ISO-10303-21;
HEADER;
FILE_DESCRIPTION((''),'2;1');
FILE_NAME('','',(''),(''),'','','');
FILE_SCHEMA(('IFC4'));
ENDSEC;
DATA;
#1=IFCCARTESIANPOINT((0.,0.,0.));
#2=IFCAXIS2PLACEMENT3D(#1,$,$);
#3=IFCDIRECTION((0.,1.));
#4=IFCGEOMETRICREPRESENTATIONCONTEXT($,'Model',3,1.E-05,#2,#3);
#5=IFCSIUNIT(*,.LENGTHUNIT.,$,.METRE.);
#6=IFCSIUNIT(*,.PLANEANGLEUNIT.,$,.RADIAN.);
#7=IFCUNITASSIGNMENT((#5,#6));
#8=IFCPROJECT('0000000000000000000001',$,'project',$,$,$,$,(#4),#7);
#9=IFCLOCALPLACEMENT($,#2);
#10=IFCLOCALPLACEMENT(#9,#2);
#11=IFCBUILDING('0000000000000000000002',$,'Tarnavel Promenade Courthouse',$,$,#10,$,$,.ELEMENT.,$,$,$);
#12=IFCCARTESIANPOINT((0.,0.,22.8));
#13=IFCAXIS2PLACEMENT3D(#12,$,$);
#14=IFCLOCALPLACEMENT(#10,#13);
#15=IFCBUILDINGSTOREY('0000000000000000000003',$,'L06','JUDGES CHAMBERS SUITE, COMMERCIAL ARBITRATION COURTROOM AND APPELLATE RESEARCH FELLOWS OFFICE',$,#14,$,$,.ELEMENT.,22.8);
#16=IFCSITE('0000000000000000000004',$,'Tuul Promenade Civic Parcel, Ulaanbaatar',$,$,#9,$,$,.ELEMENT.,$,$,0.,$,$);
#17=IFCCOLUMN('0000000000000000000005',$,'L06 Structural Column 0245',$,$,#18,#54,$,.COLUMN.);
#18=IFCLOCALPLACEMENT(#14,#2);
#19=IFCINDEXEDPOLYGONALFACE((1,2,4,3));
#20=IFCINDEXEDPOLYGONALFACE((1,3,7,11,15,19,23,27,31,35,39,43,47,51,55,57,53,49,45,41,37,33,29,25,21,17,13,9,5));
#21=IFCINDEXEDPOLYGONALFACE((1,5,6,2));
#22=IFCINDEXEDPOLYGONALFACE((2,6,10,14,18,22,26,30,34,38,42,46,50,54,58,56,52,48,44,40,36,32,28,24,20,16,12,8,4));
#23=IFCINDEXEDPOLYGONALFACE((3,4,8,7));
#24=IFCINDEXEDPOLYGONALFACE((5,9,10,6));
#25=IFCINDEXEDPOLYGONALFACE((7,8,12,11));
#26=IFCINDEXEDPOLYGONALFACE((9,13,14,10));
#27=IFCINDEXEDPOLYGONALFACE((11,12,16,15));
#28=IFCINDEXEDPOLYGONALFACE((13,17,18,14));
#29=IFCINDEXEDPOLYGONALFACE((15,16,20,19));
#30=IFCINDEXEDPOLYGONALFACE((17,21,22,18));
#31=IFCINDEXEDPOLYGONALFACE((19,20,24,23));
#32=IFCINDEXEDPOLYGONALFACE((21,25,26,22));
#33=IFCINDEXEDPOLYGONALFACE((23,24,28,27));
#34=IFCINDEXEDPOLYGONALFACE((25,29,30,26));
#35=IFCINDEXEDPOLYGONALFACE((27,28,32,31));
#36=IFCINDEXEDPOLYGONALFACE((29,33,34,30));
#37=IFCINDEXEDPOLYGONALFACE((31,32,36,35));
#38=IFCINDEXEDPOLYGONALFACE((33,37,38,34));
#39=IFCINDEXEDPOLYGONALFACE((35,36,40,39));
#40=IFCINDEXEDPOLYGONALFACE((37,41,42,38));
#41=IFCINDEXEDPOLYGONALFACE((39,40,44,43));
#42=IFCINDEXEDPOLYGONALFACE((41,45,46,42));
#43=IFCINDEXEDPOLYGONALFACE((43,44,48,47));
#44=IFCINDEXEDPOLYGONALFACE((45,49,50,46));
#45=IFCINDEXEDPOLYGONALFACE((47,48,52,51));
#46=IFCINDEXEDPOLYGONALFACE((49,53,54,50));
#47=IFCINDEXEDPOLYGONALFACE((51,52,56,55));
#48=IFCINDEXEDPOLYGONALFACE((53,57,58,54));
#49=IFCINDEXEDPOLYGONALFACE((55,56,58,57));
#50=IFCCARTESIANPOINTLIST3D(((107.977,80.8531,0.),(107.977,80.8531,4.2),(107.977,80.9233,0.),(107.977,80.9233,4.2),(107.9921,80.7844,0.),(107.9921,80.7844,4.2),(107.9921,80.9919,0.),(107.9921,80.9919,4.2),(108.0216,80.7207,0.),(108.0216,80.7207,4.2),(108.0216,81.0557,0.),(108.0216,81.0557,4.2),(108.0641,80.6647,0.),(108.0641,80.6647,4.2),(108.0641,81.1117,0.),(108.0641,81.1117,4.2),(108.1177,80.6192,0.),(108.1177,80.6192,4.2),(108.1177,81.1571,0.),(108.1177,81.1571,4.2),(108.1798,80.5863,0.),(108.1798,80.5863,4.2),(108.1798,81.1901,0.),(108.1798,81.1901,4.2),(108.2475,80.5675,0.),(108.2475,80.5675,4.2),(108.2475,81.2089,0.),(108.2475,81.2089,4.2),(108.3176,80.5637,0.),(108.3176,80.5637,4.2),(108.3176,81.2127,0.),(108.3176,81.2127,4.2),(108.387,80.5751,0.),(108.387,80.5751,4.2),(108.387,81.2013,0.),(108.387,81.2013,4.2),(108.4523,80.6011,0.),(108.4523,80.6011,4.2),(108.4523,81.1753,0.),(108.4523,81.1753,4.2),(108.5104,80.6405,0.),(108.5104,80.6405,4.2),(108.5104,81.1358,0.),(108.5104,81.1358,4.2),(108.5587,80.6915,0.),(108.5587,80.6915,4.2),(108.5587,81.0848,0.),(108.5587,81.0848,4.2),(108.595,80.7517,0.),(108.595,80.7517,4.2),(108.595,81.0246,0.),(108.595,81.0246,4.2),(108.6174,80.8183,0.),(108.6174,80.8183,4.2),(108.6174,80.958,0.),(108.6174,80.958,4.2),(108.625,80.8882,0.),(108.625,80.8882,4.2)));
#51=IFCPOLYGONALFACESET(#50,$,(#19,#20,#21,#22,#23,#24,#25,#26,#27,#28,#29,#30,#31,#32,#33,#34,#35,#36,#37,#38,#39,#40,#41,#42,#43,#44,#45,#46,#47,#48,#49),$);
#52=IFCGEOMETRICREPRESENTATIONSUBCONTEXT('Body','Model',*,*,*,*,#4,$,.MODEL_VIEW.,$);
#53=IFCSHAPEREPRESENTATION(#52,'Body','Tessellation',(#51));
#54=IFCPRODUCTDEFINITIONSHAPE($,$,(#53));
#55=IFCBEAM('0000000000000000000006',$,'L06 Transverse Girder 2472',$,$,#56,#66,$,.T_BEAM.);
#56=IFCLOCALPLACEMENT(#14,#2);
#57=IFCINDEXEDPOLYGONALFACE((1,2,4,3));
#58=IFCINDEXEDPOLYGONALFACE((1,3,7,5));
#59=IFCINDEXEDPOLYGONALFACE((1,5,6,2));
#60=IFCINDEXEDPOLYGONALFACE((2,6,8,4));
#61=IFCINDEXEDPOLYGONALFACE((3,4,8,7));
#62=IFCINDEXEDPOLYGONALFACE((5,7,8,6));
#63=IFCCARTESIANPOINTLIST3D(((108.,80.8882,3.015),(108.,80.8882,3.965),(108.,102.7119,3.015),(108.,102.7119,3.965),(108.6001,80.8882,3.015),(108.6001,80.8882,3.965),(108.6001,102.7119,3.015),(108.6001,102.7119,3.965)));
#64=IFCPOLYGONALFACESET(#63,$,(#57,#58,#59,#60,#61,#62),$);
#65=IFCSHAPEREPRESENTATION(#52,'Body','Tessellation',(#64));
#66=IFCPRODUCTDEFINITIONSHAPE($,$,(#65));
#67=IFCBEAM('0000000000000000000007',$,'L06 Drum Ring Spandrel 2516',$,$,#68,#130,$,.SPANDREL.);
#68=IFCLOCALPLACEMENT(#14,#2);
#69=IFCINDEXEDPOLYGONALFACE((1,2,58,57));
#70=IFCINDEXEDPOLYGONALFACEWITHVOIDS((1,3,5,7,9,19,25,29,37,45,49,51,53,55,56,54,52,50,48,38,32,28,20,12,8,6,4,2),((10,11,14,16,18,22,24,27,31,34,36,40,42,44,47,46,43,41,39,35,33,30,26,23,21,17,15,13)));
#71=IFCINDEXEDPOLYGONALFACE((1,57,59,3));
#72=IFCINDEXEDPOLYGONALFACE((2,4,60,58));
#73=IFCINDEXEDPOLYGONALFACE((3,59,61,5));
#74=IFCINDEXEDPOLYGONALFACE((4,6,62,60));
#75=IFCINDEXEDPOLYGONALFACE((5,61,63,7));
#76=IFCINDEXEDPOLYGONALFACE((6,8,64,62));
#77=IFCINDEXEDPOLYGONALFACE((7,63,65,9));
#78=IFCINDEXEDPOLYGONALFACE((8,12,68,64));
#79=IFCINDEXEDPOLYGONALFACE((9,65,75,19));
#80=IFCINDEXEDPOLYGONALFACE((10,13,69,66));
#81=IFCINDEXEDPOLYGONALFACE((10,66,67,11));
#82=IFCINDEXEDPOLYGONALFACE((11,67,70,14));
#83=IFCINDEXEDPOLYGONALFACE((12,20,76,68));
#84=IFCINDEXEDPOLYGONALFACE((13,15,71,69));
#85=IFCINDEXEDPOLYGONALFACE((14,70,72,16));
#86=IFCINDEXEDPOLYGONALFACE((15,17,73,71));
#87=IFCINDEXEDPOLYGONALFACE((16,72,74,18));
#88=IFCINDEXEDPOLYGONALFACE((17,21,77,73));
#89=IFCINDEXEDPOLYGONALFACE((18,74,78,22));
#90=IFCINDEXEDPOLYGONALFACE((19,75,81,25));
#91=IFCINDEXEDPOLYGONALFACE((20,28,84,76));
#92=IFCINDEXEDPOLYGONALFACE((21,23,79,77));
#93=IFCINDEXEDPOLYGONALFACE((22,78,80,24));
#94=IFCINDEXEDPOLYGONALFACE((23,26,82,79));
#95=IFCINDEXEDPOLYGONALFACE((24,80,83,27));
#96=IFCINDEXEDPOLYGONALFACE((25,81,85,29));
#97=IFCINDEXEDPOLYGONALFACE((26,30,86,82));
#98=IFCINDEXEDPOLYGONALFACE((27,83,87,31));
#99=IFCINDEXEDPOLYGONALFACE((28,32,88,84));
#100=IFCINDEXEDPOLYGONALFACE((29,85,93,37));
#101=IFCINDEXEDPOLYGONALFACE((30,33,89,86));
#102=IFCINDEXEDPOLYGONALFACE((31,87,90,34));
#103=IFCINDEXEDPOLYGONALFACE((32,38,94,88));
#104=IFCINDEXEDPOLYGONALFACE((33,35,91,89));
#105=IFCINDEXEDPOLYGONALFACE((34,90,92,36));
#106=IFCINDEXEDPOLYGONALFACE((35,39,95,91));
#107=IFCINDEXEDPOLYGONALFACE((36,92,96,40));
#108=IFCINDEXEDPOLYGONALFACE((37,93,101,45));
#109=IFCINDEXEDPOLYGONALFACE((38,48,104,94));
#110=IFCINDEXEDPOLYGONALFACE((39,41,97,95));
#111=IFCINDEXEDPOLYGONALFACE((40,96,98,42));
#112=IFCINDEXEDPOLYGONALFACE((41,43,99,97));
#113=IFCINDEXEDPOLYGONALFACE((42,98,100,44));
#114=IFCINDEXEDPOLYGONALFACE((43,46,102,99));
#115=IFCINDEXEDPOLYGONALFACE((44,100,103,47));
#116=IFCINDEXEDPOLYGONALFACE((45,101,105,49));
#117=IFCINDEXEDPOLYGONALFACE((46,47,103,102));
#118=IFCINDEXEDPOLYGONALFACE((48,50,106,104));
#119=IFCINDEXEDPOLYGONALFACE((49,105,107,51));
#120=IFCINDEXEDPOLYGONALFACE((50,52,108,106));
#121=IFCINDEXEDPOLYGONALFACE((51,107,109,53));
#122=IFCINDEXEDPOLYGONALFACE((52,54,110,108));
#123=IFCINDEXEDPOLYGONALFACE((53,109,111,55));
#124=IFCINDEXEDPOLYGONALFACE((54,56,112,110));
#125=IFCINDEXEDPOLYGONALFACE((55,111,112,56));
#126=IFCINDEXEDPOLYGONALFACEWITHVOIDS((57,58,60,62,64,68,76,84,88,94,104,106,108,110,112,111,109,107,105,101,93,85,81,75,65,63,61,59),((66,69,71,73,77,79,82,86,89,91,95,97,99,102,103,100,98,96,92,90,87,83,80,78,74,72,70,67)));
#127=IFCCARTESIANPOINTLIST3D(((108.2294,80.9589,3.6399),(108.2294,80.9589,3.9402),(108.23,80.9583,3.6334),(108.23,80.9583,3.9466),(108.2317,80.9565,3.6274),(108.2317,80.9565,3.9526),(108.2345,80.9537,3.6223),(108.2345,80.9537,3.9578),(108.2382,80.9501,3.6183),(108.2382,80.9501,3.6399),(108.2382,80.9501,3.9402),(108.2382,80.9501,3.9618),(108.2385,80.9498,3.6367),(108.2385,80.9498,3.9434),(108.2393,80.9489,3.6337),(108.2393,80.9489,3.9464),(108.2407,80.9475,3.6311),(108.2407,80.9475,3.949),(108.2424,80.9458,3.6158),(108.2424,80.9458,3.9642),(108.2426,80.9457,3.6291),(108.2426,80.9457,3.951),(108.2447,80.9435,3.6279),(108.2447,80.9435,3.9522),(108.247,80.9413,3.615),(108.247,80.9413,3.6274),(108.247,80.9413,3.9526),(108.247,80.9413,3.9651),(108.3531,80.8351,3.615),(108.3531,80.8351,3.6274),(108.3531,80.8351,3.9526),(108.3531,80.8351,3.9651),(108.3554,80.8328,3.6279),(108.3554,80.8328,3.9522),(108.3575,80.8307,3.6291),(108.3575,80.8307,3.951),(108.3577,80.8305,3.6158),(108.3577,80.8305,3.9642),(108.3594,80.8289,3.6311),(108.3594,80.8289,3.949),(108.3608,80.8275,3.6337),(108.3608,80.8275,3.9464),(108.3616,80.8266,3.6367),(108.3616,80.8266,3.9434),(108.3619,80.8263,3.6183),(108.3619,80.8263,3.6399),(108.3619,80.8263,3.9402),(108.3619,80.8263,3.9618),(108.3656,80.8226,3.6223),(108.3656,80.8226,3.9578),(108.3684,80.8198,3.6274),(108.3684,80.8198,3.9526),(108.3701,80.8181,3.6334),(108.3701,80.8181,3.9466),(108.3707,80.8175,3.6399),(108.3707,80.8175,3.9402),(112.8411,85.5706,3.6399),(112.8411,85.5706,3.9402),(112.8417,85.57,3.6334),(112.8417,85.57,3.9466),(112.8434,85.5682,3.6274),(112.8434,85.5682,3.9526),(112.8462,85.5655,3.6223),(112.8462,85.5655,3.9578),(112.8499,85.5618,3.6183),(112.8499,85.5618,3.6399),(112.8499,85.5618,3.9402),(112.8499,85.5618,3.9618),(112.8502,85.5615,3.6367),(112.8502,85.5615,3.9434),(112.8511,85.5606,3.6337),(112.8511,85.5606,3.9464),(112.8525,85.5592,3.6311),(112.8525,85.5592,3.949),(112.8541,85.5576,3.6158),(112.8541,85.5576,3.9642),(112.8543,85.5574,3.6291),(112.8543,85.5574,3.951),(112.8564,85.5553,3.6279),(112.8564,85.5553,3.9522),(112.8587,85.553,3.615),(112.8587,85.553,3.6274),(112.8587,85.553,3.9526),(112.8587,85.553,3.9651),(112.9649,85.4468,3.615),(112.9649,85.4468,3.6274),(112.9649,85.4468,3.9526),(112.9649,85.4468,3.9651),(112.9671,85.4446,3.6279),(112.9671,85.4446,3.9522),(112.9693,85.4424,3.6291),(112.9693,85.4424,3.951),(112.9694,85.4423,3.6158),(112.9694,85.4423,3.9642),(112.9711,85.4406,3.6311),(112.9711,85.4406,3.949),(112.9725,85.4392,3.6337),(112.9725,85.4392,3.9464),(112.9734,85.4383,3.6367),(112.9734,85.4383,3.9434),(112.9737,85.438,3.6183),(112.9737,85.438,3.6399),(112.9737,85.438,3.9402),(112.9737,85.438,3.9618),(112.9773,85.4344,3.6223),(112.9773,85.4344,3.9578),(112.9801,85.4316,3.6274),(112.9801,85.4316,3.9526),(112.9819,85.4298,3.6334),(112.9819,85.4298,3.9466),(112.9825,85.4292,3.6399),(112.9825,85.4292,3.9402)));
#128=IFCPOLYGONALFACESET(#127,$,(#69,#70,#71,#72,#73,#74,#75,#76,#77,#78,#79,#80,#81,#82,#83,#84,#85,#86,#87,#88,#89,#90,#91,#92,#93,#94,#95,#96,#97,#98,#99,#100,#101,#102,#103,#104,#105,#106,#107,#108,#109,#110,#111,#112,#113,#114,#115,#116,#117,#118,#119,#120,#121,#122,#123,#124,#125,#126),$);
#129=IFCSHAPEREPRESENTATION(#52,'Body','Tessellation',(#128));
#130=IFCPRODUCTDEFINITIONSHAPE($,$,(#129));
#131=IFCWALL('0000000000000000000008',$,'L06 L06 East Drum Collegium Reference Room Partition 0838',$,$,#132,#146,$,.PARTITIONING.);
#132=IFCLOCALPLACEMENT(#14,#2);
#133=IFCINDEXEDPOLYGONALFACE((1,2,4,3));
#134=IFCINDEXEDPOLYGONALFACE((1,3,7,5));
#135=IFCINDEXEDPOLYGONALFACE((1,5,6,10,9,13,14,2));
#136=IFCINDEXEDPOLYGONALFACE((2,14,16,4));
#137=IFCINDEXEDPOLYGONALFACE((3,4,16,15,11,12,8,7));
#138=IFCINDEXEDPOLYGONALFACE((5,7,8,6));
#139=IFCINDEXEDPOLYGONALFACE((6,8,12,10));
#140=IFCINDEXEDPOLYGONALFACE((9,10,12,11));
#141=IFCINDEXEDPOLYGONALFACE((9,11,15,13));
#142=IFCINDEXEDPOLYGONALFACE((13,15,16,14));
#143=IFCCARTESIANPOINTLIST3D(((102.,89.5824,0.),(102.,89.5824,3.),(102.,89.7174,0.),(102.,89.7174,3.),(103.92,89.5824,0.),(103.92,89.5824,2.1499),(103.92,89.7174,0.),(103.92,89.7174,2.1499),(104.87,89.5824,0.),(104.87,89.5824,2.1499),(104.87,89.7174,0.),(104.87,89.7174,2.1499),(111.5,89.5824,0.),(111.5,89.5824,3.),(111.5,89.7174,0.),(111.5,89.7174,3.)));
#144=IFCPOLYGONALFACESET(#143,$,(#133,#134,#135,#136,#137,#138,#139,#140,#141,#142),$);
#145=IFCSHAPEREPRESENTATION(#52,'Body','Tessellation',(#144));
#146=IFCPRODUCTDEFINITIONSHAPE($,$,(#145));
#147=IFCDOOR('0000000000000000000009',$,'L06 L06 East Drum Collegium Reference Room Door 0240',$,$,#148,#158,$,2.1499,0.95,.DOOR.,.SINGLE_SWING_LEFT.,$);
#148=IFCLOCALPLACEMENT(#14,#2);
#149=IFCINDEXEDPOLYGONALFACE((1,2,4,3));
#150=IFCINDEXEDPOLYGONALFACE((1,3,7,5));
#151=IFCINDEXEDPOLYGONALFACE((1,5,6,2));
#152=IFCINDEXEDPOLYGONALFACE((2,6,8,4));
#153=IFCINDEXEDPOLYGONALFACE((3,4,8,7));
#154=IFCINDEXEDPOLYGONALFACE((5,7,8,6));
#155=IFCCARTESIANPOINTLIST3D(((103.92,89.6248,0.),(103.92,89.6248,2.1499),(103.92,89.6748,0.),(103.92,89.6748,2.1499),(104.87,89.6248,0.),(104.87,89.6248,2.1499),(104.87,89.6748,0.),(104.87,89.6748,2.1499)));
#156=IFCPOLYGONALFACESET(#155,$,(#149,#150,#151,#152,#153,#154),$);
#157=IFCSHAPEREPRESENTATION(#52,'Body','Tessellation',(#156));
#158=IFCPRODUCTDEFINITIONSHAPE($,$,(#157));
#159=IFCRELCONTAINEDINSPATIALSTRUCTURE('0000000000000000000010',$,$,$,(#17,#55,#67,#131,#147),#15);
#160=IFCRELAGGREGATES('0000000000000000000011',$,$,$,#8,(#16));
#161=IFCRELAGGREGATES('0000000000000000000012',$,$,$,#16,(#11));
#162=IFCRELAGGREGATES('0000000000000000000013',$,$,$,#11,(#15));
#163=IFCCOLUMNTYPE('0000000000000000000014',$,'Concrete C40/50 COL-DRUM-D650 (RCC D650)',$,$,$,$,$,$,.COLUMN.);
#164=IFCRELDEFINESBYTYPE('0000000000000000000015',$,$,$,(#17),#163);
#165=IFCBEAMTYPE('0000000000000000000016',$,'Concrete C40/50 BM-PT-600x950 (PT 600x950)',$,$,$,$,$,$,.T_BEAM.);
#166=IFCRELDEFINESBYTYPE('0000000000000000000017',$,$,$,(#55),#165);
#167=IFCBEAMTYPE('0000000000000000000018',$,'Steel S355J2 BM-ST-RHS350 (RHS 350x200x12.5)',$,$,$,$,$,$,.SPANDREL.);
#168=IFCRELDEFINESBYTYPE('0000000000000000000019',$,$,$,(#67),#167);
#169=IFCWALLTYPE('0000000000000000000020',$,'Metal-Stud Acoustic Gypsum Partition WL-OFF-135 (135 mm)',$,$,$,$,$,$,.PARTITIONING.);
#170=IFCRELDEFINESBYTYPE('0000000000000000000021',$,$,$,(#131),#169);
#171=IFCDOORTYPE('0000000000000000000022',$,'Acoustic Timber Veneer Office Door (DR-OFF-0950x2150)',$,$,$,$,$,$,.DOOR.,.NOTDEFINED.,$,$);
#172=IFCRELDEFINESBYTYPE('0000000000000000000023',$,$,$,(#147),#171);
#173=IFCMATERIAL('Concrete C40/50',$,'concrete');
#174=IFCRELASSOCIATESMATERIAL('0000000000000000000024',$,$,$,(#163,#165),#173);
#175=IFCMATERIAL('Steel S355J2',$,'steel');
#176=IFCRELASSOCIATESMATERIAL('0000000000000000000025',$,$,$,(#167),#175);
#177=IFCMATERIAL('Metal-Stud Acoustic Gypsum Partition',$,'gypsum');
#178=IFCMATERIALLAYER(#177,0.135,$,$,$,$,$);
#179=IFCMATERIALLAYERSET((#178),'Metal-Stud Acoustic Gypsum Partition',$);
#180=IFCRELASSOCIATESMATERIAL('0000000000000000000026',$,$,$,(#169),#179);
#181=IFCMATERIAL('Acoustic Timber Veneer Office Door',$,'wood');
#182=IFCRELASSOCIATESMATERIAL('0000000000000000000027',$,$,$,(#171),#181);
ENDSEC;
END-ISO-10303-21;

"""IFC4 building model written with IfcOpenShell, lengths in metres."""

from ifc_helpers import new_model, si_unit, direction, frame, frame_2d, origin, origin_2d, place, context, subcontext, project, spatial, rectangle, hollow_rectangle, circle, extrude, material, layer, layer_set, material_profile, profile_set, type_object, element, fill, save


model = new_model("IFC4")

# Units and contexts
model_context = context("Model", 3, precision=1e-05, world=origin(), true_north=direction((0.0, 1.0)))
body_context = subcontext(model_context, "Body", "Model", "MODEL_VIEW")
ifc_project = project(units=[si_unit("LENGTHUNIT", "METRE"), si_unit("PLANEANGLEUNIT", "RADIAN")], contexts=[model_context])

# Site, building, storey
site_placement = place(None, origin())
site = spatial("IfcSite", under=ifc_project, at=site_placement, Name="Tuul Promenade Civic Parcel, Ulaanbaatar", CompositionType="ELEMENT", RefElevation=0.0)
building_placement = place(site_placement, origin())
building = spatial("IfcBuilding", under=site, at=building_placement, Name="Tarnavel Promenade Courthouse", CompositionType="ELEMENT")
storey_placement = place(building_placement, frame((0.0, 0.0, 22.8)))
storey = spatial("IfcBuildingStorey", under=building, at=storey_placement, Name="L06", Description="JUDGES CHAMBERS SUITE, COMMERCIAL ARBITRATION COURTROOM AND APPELLATE RESEARCH FELLOWS OFFICE", CompositionType="ELEMENT", Elevation=22.8)

# Column
ifc_material_1 = material(Name="Concrete C40/50", Category="concrete")
ifc_material_profile_1 = material_profile(ifc_material_1, circle(Radius=0.325, at=origin_2d()), Name="RCC D650")
ifc_profile_set_1 = profile_set([ifc_material_profile_1], Name="Concrete C40/50")
column_type = type_object("IfcColumnType", Name="Concrete C40/50 COL-DRUM-D650 (RCC D650)", PredefinedType="COLUMN", material=ifc_profile_set_1)
column_placement = place(storey_placement, frame((108.3, 80.8882, 0.0), z_axis=(0.0, 0.0, 1.0), x_axis=(1.0, 0.0, 0.0)))
element("IfcColumn", 1, at=column_placement, inside=storey, type_object=column_type, Name="L06 Structural Column 0245", PredefinedType="COLUMN", context=body_context, shape_type="SweptSolid", body=[
    extrude(circle(Radius=0.325, at=origin_2d()), origin(), (0.0, 0.0, 1.0), 4.2),
])

# Beams
ifc_material_profile_2 = material_profile(ifc_material_1, rectangle(XDim=0.6001, YDim=0.95, at=origin_2d()), Name="PT 600x950")
ifc_profile_set_2 = profile_set([ifc_material_profile_2], Name="Concrete C40/50")
beam_type_1 = type_object("IfcBeamType", Name="Concrete C40/50 BM-PT-600x950 (PT 600x950)", PredefinedType="T_BEAM", material=ifc_profile_set_2)
beam_1_placement = place(storey_placement, frame((108.3, 80.8882, 3.49), z_axis=(0.0, 1.0, 0.0), x_axis=(-1.0, 0.0, 0.0)))
element("IfcBeam", 2, at=beam_1_placement, inside=storey, type_object=beam_type_1, Name="L06 Transverse Girder 2472", PredefinedType="T_BEAM", context=body_context, shape_type="SweptSolid", body=[
    extrude(rectangle(XDim=0.6001, YDim=0.95, at=origin_2d()), origin(), (0.0, 0.0, 1.0), 21.8237),
])
ifc_material_2 = material(Name="Steel S355J2", Category="steel")
ifc_material_profile_3 = material_profile(ifc_material_2, hollow_rectangle(XDim=0.2, YDim=0.3501, WallThickness=0.0125, InnerFilletRadius=0.0125, OuterFilletRadius=0.0249, at=origin_2d()), Name="RHS 350x200x12.5")
ifc_profile_set_3 = profile_set([ifc_material_profile_3], Name="Steel S355J2")
beam_type_2 = type_object("IfcBeamType", Name="Steel S355J2 BM-ST-RHS350 (RHS 350x200x12.5)", PredefinedType="SPANDREL", material=ifc_profile_set_3)
beam_2_placement = place(storey_placement, frame((108.3, 80.8882, 3.79), z_axis=(0.707107, 0.707107, 0.0), x_axis=(-0.707107, 0.707107, 0.0)))
element("IfcBeam", 3, at=beam_2_placement, inside=storey, type_object=beam_type_2, Name="L06 Drum Ring Spandrel 2516", PredefinedType="SPANDREL", context=body_context, shape_type="SweptSolid", body=[
    extrude(hollow_rectangle(XDim=0.2, YDim=0.3501, WallThickness=0.0125, InnerFilletRadius=0.0125, OuterFilletRadius=0.0249, at=origin_2d()), origin(), (0.0, 0.0, 1.0), 6.522),
])

# Wall, opening, door
ifc_material_3 = material(Name="Metal-Stud Acoustic Gypsum Partition", Category="gypsum")
ifc_layer_1 = layer(ifc_material_3, 0.135)
ifc_layer_set_1 = layer_set([ifc_layer_1], Name="Metal-Stud Acoustic Gypsum Partition")
wall_type_1 = type_object("IfcWallType", Name="Metal-Stud Acoustic Gypsum Partition WL-OFF-135 (135 mm)", PredefinedType="PARTITIONING", material=ifc_layer_set_1)
wall_1_placement = place(storey_placement, frame((102.0, 89.6499, 0.0), z_axis=(0.0, 0.0, 1.0), x_axis=(1.0, 0.0, 0.0)))
wall_1 = element("IfcWall", 4, at=wall_1_placement, inside=storey, type_object=wall_type_1, Name="L06 L06 East Drum Collegium Reference Room Partition 0838", PredefinedType="PARTITIONING", context=body_context, shape_type="SweptSolid", body=[
    extrude(rectangle(XDim=9.5, YDim=0.135, at=frame_2d((4.75, 0.0))), origin(), (0.0, 0.0, 1.0), 3.0),
])
opening_1_placement = place(wall_1_placement, frame((1.9199, 0.0, 0.0)))
opening_1 = element("IfcOpeningElement", 5, at=opening_1_placement, cuts=wall_1, PredefinedType="OPENING", context=body_context, shape_type="SweptSolid", body=[
    extrude(rectangle(XDim=0.95, YDim=2.1499, at=frame_2d((0.4751, 1.075))), frame((0.0, 0.0774, 0.0), z_axis=(0.0, -1.0, 0.0), x_axis=(1.0, 0.0, 0.0)), (0.0, 0.0, 1.0), 0.155),
])
ifc_material_4 = material(Name="Acoustic Timber Veneer Office Door", Category="wood")
door_type = type_object("IfcDoorType", Name="Acoustic Timber Veneer Office Door (DR-OFF-0950x2150)", OperationType="NOTDEFINED", PredefinedType="DOOR", material=ifc_material_4)
door_placement = place(opening_1_placement, origin())
door = element("IfcDoor", 6, at=door_placement, inside=storey, type_object=door_type, Name="L06 L06 East Drum Collegium Reference Room Door 0240", OperationType="SINGLE_SWING_LEFT", OverallHeight=2.1499, OverallWidth=0.95, PredefinedType="DOOR", context=body_context, shape_type="SweptSolid", body=[
    extrude(rectangle(XDim=0.95, YDim=2.1499, at=frame_2d((0.4751, 1.075))), frame((0.0, 0.0249, 0.0), z_axis=(0.0, -1.0, 0.0), x_axis=(1.0, 0.0, 0.0)), (0.0, 0.0, 1.0), 0.05),
])
fill(opening_1, door)

save(model, "model.ifc")
